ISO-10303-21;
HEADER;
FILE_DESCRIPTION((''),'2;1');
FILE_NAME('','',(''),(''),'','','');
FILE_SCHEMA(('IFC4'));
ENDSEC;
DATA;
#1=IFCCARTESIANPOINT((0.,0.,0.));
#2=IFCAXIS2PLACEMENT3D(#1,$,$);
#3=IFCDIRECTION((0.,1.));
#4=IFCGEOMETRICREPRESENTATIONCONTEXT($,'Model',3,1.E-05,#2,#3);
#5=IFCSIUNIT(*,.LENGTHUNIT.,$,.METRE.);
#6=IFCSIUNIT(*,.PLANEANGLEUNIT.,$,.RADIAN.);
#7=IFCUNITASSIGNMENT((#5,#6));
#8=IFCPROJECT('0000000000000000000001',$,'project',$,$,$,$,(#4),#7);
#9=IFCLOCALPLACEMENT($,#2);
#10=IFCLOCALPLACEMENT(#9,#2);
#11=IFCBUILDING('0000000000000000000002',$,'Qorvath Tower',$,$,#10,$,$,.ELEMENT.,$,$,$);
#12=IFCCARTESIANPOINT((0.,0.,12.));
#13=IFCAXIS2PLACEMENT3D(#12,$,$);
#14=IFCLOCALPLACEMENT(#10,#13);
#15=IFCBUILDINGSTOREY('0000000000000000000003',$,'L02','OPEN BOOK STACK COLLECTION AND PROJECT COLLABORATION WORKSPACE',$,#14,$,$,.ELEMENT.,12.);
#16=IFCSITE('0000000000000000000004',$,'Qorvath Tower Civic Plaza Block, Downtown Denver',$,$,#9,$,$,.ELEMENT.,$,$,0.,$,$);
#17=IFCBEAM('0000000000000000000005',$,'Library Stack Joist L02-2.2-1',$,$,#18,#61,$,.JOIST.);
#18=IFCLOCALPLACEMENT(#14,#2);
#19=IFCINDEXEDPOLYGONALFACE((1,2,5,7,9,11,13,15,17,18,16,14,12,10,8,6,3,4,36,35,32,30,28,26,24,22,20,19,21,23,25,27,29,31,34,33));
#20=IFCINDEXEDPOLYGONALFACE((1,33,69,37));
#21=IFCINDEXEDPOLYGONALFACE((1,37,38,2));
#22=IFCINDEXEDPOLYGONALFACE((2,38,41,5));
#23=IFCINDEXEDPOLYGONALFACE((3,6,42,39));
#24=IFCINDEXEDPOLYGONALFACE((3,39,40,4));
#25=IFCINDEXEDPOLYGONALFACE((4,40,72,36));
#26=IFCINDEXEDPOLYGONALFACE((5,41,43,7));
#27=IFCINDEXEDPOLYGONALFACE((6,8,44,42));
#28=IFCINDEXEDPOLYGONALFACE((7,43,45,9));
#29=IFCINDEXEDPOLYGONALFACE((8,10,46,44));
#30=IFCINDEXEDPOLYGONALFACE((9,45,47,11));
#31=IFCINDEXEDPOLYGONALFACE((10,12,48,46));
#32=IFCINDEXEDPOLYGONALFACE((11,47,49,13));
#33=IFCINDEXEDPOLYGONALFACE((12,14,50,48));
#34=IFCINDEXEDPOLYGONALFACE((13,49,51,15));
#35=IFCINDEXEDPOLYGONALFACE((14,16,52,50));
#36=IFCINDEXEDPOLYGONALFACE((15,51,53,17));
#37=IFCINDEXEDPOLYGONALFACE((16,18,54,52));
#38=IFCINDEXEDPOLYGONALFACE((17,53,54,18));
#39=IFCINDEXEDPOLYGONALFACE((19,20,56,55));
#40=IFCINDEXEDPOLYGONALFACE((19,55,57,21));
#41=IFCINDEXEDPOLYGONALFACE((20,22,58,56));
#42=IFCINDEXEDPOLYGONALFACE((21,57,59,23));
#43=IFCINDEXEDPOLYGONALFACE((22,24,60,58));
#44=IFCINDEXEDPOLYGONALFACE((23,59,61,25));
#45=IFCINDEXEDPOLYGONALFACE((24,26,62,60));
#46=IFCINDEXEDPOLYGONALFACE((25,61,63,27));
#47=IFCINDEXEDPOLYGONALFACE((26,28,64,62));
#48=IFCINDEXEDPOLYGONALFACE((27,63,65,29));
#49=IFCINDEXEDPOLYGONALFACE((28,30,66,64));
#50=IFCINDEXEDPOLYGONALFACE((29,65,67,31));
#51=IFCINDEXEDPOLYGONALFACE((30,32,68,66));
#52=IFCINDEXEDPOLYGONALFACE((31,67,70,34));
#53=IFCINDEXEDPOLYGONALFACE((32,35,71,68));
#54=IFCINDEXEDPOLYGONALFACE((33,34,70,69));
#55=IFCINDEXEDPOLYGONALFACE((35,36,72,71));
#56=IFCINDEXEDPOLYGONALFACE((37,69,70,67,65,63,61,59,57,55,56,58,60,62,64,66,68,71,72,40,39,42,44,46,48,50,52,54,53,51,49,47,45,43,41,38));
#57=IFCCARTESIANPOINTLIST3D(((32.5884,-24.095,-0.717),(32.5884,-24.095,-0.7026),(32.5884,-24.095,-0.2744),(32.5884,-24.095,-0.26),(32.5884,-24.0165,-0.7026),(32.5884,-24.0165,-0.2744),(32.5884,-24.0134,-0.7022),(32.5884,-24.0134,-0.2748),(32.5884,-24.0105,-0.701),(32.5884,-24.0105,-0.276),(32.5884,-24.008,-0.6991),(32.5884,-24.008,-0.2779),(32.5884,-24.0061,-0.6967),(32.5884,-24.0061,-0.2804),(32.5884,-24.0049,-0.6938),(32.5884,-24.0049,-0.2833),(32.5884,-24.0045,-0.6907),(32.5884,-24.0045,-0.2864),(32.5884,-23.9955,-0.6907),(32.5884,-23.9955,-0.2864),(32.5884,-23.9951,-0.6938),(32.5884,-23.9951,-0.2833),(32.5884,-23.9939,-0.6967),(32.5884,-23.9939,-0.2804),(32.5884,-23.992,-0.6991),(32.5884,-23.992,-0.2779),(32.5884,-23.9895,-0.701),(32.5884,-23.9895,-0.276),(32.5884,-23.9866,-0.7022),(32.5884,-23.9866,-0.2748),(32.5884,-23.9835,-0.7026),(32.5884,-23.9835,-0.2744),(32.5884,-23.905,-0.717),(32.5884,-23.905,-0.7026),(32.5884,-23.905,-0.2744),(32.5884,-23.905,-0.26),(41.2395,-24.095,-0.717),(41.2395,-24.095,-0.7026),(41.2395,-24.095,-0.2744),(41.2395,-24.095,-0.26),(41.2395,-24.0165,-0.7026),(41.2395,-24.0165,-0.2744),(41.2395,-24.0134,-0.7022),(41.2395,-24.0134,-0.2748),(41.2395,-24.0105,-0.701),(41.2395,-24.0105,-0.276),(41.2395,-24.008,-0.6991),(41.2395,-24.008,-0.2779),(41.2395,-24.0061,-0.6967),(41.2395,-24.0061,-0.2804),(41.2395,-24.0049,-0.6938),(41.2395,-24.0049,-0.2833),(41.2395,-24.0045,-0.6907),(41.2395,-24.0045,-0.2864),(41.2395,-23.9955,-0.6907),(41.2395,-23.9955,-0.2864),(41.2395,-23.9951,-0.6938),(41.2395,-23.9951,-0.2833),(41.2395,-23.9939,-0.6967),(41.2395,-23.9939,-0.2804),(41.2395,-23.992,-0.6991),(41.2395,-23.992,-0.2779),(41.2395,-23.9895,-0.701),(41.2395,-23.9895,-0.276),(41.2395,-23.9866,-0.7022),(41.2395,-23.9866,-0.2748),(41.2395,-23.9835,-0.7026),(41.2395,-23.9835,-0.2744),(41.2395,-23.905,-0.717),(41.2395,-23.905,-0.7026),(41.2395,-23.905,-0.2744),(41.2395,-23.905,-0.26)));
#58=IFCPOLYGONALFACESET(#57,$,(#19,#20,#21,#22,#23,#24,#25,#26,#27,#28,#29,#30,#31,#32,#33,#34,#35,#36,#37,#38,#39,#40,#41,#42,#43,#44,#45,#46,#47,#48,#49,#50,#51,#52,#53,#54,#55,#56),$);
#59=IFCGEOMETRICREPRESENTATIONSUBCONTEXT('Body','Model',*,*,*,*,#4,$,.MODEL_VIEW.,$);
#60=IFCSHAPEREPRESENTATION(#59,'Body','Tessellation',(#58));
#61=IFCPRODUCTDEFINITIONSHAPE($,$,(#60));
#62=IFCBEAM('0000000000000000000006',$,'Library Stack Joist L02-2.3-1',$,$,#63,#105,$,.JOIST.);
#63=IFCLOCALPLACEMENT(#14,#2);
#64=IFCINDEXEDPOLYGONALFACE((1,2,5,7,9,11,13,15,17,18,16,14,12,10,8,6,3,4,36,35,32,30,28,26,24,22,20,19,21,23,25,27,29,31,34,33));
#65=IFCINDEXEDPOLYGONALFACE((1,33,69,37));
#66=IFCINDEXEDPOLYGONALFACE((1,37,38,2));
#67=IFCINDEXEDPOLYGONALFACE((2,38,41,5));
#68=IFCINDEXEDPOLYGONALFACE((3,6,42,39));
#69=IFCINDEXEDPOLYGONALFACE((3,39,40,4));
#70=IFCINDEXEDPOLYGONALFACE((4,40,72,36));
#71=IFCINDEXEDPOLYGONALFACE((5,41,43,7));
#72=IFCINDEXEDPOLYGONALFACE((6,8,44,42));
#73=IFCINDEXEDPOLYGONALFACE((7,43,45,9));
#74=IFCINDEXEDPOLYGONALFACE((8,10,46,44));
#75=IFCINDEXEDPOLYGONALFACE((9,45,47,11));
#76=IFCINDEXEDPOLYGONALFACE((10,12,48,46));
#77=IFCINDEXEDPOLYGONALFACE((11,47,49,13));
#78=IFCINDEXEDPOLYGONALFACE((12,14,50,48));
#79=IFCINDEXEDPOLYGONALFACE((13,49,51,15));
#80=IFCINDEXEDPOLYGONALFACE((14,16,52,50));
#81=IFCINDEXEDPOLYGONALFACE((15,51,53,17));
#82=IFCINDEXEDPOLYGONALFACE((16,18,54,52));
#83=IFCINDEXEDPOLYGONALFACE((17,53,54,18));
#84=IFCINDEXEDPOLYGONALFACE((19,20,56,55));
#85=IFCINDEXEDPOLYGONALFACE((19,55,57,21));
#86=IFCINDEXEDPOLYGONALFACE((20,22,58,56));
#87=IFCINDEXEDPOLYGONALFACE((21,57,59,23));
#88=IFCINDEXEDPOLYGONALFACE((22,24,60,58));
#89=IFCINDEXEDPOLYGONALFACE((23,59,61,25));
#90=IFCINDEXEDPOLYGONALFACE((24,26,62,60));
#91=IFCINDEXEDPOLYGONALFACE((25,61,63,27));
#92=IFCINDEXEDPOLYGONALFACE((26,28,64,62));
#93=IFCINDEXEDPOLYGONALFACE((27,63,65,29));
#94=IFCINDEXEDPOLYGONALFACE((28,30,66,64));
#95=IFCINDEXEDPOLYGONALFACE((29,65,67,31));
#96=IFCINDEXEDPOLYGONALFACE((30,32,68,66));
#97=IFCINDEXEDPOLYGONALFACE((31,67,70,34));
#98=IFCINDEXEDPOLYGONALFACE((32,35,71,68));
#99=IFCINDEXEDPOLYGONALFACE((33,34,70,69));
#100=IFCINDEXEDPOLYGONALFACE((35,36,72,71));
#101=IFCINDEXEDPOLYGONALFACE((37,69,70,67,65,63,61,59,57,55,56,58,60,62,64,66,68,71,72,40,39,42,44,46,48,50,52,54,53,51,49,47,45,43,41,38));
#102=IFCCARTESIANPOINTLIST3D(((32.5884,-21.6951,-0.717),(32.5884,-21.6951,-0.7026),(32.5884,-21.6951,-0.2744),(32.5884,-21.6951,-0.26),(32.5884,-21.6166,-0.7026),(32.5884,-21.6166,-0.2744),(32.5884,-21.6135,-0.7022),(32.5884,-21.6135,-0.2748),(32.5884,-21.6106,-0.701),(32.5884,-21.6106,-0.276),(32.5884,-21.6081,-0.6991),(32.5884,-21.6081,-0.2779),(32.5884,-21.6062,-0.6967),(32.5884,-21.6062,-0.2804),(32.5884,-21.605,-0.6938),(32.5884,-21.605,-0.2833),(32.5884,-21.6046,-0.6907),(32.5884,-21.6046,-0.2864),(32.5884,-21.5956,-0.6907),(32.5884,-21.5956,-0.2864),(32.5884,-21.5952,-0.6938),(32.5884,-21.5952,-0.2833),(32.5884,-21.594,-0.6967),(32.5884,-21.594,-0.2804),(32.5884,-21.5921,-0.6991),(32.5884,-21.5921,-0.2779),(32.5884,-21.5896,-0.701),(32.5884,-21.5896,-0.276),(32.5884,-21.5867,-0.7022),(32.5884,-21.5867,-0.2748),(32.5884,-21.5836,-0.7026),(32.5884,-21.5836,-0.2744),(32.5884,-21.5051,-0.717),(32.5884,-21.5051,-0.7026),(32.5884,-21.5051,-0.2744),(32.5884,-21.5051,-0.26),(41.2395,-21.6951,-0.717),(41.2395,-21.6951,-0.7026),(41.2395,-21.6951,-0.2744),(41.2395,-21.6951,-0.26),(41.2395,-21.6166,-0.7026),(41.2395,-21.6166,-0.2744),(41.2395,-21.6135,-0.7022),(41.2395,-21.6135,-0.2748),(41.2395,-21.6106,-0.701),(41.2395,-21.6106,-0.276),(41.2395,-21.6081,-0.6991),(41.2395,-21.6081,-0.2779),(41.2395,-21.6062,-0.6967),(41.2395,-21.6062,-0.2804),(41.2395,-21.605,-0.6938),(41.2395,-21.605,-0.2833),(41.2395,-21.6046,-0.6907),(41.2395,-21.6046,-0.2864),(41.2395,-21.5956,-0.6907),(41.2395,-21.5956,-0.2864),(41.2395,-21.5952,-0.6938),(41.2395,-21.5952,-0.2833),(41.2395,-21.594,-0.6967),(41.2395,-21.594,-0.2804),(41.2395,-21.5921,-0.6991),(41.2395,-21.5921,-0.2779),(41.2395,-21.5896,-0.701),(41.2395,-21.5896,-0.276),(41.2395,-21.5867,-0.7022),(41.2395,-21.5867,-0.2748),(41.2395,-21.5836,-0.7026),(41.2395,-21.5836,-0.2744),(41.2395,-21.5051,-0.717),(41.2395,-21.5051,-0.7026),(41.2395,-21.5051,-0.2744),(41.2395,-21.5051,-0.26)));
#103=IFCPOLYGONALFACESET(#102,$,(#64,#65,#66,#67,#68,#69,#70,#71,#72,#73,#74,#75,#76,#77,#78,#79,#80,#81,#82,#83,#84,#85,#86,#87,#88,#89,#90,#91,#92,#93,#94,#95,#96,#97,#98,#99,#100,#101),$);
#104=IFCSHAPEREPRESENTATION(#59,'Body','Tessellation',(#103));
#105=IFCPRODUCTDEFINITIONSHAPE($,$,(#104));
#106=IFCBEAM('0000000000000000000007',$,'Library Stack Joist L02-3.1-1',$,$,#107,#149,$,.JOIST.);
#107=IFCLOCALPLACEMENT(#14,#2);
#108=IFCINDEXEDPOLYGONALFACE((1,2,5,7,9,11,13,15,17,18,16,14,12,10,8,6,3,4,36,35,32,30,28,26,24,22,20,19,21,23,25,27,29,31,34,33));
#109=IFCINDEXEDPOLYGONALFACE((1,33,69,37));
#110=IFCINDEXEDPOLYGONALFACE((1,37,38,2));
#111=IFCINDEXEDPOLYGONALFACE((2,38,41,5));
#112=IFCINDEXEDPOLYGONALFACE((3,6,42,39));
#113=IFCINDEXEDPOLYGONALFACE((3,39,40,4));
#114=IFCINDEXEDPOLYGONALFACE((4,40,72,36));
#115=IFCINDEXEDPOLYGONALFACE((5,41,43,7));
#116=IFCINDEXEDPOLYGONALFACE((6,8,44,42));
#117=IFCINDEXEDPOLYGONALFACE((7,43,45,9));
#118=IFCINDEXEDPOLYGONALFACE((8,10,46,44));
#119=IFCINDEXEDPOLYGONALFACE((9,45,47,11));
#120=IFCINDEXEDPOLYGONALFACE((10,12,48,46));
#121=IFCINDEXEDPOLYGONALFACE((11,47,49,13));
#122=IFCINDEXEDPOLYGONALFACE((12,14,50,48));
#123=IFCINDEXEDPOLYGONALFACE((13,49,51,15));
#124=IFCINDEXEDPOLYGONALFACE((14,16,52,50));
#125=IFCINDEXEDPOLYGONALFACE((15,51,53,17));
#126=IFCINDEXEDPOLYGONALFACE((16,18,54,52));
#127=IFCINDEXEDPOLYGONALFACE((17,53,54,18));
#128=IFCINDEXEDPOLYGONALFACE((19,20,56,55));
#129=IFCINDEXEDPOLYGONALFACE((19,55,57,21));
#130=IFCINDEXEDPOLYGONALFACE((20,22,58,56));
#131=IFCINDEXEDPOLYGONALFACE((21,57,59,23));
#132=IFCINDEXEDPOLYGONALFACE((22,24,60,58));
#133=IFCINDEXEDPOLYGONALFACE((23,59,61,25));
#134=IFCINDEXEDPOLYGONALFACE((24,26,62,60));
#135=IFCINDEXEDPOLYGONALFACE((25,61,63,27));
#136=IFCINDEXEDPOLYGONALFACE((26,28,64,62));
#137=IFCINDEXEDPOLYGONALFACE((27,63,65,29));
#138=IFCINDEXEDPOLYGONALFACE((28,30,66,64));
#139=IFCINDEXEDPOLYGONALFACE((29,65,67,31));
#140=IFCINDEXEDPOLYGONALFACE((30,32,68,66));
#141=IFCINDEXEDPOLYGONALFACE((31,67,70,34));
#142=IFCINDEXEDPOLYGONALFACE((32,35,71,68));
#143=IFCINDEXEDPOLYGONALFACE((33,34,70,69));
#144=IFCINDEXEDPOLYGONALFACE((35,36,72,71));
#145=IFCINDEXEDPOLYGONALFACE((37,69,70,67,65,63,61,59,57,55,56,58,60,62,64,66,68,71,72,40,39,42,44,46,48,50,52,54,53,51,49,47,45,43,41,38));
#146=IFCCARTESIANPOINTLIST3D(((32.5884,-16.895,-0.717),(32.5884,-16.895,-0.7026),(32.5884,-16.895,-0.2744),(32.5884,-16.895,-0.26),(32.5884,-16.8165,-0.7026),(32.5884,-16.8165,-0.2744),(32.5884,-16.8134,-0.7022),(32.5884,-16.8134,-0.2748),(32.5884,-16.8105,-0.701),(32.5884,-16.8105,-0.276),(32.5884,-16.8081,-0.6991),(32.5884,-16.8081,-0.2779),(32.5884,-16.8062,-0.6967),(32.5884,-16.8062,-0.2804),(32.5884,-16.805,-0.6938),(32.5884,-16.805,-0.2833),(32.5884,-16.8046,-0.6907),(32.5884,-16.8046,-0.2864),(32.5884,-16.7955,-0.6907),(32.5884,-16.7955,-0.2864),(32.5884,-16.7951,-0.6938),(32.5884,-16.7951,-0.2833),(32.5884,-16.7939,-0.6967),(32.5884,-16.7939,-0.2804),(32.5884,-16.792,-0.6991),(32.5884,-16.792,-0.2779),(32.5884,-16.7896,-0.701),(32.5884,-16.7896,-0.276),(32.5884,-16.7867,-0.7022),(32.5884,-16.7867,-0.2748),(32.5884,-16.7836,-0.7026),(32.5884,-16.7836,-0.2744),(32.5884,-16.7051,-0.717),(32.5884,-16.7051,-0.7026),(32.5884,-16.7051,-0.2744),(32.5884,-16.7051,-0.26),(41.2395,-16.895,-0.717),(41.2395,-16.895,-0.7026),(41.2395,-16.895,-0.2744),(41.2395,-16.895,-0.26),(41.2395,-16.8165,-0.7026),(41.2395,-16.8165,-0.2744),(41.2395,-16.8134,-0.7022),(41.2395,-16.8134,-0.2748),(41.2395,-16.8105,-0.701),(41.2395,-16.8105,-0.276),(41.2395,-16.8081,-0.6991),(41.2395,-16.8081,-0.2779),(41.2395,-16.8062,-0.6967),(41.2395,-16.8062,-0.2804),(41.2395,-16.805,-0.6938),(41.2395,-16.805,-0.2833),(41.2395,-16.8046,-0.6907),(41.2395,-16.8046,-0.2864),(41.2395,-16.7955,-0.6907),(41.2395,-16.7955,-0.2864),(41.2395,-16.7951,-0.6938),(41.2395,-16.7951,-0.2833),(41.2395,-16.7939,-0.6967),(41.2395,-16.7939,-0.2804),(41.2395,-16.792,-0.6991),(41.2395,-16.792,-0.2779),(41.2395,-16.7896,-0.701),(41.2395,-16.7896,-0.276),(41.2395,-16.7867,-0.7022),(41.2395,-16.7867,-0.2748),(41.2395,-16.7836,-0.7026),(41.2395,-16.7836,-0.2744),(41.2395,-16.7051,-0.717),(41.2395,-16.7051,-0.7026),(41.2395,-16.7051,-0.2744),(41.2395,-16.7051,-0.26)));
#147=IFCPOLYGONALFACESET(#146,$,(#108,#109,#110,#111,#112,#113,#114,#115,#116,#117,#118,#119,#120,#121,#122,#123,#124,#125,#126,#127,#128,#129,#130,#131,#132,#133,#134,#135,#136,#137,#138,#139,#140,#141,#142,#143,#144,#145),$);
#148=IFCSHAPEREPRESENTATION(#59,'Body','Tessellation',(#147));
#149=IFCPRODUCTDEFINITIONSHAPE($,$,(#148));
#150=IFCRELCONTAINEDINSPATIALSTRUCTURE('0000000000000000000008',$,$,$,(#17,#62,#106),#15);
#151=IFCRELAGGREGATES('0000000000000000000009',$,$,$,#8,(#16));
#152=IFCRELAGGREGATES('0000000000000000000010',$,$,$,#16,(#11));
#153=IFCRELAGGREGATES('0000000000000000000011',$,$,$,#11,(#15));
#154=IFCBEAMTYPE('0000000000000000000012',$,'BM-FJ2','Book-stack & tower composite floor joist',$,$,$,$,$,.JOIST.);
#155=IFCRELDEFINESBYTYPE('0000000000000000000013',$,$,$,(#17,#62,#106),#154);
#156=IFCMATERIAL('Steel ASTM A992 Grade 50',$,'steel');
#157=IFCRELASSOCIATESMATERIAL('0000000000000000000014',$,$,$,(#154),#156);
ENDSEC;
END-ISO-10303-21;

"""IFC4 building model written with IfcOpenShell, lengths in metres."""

from ifc_helpers import new_model, si_unit, direction, frame, origin, origin_2d, place, context, subcontext, project, spatial, i_section, extrude, material, material_profile, profile_set, type_object, element, save


model = new_model("IFC4")

# Units and contexts
model_context = context("Model", 3, precision=1e-05, world=origin(), true_north=direction((0.0, 1.0)))
body_context = subcontext(model_context, "Body", "Model", "MODEL_VIEW")
ifc_project = project(units=[si_unit("LENGTHUNIT", "METRE"), si_unit("PLANEANGLEUNIT", "RADIAN")], contexts=[model_context])

# Site, building, storey
site_placement = place(None, origin())
site = spatial("IfcSite", under=ifc_project, at=site_placement, Name="Qorvath Tower Civic Plaza Block, Downtown Denver", CompositionType="ELEMENT", RefElevation=0.0)
building_placement = place(site_placement, origin())
building = spatial("IfcBuilding", under=site, at=building_placement, Name="Qorvath Tower", CompositionType="ELEMENT")
storey_placement = place(building_placement, frame((0.0, 0.0, 12.0)))
storey = spatial("IfcBuildingStorey", under=building, at=storey_placement, Name="L02", Description="OPEN BOOK STACK COLLECTION AND PROJECT COLLABORATION WORKSPACE", CompositionType="ELEMENT", Elevation=12.0)

# Beams
ifc_material_1 = material(Name="Steel ASTM A992 Grade 50", Category="steel")
ifc_material_profile_1 = material_profile(ifc_material_1, i_section(OverallWidth=0.1899, OverallDepth=0.457, WebThickness=0.009, FlangeThickness=0.0144, FilletRadius=0.012, at=origin_2d()), Name="W18x50")
ifc_profile_set_1 = profile_set([ifc_material_profile_1], Name="Steel ASTM A992 Grade 50")
beam_type_1 = type_object("IfcBeamType", Name="BM-FJ2", Description="Book-stack & tower composite floor joist", PredefinedType="JOIST", material=ifc_profile_set_1)
for number, where, z_axis, x_axis, name in (
    (1, (32.5884, -24.0, -0.4885), (1.0, 0.0, 0.0), (0.0, 1.0, 0.0), "Library Stack Joist L02-2.2-1"),
    (2, (32.5884, -21.6001, -0.4885), (1.0, 0.0, 0.0), (0.0, 1.0, 0.0), "Library Stack Joist L02-2.3-1"),
    (3, (32.5884, -16.8, -0.4885), (1.0, 0.0, 0.0), (0.0, 1.0, 0.0), "Library Stack Joist L02-3.1-1"),
):
    element("IfcBeam", number, at=place(storey_placement, frame(where, z_axis=z_axis, x_axis=x_axis)), inside=storey, type_object=beam_type_1, Name=name, PredefinedType="JOIST", context=body_context, shape_type="SweptSolid", body=[
        extrude(i_section(OverallWidth=0.1899, OverallDepth=0.457, WebThickness=0.009, FlangeThickness=0.0144, FilletRadius=0.012, at=origin_2d()), origin(), (0.0, 0.0, 1.0), 8.6511),
    ])

save(model, "model.ifc")
